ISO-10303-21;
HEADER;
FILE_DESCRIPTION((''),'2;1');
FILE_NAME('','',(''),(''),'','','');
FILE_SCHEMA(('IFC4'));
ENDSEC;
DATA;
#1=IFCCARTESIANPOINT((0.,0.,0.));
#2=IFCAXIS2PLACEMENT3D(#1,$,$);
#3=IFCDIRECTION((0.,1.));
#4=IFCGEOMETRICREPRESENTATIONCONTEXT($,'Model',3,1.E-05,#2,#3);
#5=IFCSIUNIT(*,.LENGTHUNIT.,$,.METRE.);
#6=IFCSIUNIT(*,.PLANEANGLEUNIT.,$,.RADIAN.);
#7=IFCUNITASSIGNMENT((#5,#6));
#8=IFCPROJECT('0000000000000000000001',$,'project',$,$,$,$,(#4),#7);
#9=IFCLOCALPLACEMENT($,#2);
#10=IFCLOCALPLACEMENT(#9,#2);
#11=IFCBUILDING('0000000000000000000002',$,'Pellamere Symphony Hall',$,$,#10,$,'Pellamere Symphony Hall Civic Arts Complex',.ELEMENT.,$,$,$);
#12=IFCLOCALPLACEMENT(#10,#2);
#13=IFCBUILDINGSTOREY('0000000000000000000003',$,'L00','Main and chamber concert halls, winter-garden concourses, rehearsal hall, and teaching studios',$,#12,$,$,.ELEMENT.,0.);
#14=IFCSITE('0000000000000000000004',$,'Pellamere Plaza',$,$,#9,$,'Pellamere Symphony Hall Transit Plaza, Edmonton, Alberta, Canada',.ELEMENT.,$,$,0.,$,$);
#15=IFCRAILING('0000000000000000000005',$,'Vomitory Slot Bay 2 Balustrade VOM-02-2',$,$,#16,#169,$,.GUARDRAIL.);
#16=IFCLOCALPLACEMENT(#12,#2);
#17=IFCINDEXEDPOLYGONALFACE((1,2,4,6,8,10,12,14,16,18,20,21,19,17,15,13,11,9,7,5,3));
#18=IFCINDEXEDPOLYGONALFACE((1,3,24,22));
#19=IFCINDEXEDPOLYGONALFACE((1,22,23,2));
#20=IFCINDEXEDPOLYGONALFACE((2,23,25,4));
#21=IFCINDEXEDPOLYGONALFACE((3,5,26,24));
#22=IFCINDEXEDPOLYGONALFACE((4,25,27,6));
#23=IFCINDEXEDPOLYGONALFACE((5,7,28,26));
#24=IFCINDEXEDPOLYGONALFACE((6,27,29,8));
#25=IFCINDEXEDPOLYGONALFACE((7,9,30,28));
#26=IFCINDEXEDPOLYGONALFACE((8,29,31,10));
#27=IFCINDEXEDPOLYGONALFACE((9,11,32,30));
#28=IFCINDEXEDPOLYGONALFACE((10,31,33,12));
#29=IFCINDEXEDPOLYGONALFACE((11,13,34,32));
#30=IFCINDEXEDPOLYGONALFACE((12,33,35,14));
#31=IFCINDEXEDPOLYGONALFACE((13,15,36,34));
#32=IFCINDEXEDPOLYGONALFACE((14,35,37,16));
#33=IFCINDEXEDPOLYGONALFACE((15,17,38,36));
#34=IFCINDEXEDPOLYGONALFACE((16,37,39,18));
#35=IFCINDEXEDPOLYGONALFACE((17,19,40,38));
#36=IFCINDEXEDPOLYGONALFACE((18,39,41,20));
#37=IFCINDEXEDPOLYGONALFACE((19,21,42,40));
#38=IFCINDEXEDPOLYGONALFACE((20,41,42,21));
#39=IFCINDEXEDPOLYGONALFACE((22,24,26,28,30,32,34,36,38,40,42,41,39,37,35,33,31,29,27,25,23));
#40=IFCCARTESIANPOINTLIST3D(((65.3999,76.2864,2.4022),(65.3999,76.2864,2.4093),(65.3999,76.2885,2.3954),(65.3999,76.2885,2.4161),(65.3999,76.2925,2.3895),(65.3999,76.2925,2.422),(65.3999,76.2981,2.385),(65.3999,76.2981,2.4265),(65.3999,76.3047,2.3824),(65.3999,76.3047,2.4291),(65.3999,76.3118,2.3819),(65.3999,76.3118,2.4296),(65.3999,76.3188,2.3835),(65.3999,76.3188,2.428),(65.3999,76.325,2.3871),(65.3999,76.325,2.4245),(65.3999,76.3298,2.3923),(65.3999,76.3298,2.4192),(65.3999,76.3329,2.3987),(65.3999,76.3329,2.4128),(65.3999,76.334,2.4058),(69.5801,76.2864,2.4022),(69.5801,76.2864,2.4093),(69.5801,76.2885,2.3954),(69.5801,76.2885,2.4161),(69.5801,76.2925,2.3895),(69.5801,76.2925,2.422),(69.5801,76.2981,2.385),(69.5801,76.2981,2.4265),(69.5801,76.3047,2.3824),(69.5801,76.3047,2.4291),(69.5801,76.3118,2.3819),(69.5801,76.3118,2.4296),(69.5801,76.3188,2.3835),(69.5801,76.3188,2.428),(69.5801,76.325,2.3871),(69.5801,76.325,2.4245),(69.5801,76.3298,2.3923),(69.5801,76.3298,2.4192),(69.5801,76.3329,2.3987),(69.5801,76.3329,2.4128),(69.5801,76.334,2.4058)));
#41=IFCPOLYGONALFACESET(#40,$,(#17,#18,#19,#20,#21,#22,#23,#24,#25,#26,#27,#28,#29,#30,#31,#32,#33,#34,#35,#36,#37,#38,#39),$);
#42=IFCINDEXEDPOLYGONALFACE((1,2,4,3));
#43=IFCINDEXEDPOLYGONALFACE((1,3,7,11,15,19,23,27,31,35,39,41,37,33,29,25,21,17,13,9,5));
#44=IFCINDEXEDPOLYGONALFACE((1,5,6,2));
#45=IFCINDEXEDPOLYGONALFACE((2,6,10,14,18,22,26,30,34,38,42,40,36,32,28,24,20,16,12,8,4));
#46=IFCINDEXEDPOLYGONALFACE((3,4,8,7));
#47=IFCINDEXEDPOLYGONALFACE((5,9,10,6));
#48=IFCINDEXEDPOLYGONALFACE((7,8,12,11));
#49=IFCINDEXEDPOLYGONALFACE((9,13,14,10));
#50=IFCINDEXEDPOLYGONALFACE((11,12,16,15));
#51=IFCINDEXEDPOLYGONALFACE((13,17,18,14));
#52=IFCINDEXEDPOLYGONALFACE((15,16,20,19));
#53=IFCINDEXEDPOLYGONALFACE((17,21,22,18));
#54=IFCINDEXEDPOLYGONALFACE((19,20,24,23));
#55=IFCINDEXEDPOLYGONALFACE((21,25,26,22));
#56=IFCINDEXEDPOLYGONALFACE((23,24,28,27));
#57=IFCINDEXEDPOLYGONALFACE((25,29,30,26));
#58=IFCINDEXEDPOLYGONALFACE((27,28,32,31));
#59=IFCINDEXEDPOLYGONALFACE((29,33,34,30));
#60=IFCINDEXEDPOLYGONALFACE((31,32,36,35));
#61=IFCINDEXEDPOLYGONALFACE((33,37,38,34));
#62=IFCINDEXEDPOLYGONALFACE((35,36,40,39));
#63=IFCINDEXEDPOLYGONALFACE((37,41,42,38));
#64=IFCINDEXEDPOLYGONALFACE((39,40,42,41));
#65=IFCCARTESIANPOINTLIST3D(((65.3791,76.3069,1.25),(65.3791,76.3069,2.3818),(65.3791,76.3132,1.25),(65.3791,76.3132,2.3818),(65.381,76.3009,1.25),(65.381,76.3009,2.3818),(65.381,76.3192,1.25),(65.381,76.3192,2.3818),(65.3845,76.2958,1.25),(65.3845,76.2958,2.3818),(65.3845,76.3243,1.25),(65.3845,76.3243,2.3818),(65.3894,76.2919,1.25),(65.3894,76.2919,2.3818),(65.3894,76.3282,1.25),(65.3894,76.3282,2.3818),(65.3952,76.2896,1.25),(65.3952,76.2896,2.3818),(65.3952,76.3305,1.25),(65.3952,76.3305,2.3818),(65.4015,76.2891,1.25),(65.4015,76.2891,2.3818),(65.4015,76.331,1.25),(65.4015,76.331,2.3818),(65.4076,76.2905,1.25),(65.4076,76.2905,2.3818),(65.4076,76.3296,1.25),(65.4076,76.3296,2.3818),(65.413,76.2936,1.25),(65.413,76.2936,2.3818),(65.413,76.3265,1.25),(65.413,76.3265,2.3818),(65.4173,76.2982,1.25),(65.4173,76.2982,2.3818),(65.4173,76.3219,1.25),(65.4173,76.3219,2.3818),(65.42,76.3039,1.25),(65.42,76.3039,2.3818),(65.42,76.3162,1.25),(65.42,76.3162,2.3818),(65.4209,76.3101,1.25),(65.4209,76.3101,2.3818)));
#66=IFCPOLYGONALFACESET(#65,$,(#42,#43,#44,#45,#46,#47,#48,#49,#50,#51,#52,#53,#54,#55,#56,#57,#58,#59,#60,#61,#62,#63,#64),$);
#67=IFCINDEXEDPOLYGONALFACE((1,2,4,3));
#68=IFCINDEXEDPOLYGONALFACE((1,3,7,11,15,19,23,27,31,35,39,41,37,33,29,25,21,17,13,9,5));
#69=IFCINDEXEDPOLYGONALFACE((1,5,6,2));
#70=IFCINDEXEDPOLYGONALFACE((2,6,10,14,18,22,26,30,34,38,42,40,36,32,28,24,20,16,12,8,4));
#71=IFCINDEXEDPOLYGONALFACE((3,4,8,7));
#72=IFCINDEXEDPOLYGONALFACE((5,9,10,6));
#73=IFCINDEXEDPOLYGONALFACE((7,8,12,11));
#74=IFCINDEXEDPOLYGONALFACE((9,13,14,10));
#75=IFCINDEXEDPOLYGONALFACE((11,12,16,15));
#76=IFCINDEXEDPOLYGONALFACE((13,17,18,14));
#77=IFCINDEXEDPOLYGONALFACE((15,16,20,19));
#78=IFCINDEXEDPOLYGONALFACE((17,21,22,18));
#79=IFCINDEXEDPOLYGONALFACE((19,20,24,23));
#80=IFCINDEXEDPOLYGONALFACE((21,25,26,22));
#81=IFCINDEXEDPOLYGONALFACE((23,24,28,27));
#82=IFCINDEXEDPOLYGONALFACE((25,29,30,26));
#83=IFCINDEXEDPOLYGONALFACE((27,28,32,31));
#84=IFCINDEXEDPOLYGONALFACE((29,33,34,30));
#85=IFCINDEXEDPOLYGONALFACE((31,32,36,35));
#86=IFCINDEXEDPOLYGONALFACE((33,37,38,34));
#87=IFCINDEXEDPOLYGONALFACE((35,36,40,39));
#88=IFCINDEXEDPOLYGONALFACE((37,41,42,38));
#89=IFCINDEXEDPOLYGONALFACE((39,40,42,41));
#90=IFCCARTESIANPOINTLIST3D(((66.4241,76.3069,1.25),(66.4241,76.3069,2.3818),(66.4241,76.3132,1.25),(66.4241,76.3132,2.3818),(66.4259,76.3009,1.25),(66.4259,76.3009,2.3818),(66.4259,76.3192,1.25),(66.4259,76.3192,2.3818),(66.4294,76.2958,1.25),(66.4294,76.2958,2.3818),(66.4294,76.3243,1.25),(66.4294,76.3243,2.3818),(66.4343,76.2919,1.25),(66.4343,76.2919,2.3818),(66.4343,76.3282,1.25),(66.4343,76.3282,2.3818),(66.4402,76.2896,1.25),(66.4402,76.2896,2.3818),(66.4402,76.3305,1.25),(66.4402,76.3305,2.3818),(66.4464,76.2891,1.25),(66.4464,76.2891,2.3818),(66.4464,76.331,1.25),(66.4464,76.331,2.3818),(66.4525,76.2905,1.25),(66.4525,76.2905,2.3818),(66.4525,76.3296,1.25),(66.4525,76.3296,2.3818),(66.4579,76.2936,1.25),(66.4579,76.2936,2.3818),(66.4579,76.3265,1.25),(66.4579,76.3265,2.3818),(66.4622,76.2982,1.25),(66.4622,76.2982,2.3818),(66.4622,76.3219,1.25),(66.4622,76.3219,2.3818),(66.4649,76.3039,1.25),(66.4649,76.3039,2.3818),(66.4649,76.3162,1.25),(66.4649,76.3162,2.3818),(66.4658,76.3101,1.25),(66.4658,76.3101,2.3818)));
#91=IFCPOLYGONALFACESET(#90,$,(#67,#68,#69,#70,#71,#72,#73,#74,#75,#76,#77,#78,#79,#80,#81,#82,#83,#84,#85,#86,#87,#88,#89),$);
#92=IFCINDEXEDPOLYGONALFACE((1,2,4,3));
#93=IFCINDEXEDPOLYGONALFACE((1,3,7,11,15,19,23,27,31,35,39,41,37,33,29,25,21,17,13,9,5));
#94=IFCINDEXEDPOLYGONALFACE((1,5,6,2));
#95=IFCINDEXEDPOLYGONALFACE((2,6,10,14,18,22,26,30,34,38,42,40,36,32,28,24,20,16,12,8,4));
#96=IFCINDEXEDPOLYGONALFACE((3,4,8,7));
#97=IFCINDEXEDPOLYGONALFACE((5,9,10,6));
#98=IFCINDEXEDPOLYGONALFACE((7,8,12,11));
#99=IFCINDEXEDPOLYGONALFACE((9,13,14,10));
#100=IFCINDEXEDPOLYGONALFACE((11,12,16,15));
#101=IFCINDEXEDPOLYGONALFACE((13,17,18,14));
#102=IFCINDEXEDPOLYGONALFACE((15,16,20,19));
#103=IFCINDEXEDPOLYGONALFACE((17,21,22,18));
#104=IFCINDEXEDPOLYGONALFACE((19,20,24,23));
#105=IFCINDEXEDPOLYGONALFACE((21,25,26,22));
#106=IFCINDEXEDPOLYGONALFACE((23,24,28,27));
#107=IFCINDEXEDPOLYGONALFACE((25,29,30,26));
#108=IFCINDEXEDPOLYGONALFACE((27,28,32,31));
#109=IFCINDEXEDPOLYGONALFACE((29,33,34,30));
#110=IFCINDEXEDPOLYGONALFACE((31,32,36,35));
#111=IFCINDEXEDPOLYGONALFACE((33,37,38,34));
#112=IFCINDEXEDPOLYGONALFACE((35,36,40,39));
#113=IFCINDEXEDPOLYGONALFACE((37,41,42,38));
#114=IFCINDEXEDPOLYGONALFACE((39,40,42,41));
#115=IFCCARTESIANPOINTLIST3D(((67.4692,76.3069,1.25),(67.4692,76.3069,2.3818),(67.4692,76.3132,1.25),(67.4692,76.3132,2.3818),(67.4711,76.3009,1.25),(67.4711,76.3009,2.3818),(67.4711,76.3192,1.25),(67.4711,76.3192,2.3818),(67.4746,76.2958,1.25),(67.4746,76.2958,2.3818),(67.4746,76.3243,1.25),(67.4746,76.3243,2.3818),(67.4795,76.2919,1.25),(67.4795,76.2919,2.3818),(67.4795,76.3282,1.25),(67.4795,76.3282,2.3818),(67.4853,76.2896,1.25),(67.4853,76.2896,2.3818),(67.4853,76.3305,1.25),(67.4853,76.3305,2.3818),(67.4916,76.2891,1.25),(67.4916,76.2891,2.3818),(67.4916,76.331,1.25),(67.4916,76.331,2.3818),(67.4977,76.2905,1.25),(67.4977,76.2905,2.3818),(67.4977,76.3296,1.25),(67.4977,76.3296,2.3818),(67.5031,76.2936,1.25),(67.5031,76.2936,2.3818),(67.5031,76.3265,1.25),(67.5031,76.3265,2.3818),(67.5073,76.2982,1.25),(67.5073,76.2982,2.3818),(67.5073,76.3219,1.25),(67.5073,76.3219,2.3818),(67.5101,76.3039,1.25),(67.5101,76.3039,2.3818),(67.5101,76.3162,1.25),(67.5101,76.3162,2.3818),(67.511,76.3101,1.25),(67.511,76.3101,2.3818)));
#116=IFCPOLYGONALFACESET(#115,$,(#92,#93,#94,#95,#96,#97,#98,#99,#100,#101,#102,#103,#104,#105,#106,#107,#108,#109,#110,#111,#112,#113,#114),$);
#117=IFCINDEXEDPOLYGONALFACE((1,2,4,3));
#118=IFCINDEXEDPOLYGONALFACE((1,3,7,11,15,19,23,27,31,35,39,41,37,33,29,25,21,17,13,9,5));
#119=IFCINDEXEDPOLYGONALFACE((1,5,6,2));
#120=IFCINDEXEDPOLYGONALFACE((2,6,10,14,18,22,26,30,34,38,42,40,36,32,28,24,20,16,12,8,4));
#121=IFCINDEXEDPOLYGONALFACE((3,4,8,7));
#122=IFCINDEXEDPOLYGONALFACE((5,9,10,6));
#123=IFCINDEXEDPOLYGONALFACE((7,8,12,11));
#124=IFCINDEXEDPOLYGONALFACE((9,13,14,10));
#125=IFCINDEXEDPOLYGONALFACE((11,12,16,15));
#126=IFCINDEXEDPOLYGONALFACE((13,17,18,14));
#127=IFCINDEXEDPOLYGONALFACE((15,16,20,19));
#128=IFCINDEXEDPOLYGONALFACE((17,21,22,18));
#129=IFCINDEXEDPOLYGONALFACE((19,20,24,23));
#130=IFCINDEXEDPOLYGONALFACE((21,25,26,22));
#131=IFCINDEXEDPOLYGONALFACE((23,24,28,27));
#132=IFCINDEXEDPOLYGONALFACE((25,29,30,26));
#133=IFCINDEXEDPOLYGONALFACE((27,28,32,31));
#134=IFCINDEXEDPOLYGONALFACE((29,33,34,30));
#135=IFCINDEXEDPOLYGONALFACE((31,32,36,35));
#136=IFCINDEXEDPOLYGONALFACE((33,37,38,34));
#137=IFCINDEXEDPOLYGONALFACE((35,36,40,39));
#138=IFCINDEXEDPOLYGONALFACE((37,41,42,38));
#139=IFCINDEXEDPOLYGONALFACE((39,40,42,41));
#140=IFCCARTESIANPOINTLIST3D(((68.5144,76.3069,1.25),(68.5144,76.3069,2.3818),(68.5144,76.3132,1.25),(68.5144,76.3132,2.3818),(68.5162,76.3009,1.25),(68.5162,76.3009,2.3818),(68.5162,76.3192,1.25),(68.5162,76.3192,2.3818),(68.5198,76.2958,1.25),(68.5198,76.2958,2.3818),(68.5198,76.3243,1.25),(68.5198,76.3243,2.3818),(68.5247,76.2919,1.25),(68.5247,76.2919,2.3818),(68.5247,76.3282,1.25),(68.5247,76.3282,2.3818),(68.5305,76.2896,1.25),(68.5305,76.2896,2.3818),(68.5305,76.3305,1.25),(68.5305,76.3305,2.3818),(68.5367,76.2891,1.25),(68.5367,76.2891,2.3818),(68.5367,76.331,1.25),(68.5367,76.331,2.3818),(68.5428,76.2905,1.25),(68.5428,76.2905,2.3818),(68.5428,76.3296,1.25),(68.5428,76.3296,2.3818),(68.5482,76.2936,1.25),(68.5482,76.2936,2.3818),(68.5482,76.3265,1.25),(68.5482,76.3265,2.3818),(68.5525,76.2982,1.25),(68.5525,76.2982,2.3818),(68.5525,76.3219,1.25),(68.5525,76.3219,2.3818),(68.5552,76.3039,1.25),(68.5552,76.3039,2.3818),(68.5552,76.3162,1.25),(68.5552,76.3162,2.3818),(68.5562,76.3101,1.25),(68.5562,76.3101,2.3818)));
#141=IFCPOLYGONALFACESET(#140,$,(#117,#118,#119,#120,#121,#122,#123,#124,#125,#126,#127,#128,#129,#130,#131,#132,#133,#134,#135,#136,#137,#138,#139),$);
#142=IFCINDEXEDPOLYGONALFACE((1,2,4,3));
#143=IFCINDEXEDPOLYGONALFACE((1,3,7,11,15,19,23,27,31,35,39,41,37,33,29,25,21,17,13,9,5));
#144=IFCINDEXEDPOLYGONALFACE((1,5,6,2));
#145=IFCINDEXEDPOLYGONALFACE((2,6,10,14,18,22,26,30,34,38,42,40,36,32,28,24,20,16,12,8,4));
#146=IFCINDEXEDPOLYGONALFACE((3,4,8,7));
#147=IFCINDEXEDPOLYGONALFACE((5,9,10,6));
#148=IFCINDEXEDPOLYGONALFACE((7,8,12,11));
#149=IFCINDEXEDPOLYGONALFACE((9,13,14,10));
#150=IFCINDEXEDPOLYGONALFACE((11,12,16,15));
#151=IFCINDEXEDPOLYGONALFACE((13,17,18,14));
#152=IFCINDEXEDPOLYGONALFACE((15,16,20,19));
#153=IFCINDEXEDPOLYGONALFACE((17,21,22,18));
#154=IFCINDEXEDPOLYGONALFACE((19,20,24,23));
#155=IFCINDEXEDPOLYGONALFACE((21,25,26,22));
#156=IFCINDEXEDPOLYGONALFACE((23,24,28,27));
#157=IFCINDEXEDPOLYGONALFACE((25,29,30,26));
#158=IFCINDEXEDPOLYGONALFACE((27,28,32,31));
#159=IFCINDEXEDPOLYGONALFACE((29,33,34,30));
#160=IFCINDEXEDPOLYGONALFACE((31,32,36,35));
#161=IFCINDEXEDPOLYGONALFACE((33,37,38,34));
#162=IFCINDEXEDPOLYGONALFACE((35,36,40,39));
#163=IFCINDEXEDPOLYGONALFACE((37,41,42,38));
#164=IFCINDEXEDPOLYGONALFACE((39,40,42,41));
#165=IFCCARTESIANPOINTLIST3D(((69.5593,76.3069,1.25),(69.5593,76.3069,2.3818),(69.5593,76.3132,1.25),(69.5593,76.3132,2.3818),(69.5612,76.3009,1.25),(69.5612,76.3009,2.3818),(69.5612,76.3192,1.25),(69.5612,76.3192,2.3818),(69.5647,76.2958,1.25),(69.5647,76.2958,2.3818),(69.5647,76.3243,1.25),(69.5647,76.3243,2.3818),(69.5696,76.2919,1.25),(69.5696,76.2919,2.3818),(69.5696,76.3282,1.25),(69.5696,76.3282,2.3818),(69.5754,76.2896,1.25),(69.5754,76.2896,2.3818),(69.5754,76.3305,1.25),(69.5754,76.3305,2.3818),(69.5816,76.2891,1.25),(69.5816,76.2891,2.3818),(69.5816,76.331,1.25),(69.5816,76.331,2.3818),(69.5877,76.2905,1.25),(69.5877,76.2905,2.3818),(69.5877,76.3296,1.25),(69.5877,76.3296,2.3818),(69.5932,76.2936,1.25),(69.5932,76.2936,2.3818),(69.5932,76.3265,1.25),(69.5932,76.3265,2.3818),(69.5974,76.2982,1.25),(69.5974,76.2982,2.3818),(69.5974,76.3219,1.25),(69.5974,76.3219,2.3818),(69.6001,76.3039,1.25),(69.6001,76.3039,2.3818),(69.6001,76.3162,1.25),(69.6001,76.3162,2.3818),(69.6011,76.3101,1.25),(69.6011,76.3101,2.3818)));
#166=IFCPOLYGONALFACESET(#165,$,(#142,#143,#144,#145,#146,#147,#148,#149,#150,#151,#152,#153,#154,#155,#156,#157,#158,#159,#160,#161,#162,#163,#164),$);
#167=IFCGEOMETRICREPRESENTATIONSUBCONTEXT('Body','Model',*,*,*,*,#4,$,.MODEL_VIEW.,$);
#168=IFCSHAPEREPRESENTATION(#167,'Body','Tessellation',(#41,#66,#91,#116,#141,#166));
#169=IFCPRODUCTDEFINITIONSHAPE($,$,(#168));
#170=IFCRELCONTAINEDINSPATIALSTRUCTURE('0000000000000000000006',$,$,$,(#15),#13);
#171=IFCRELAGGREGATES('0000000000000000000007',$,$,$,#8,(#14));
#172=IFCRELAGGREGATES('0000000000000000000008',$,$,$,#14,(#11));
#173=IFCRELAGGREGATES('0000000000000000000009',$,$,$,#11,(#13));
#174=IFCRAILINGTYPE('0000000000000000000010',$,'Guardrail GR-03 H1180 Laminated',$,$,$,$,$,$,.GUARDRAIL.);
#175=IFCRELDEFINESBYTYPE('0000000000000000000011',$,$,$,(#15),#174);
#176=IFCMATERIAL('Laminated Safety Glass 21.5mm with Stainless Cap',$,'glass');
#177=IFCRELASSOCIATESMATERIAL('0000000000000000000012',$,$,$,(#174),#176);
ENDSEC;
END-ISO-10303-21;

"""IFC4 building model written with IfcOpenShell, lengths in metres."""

from ifc_helpers import new_model, si_unit, direction, frame, origin, origin_2d, place, context, subcontext, project, spatial, circle, extrude, material, type_object, element, save


model = new_model("IFC4")

# Units and contexts
model_context = context("Model", 3, precision=1e-05, world=origin(), true_north=direction((0.0, 1.0)))
body_context = subcontext(model_context, "Body", "Model", "MODEL_VIEW")
ifc_project = project(units=[si_unit("LENGTHUNIT", "METRE"), si_unit("PLANEANGLEUNIT", "RADIAN")], contexts=[model_context])

# Site, building, storey
site_placement = place(None, origin())
site = spatial("IfcSite", under=ifc_project, at=site_placement, Name="Pellamere Plaza", LongName="Pellamere Symphony Hall Transit Plaza, Edmonton, Alberta, Canada", CompositionType="ELEMENT", RefElevation=0.0)
building_placement = place(site_placement, origin())
building = spatial("IfcBuilding", under=site, at=building_placement, Name="Pellamere Symphony Hall", LongName="Pellamere Symphony Hall Civic Arts Complex", CompositionType="ELEMENT")
storey_placement = place(building_placement, origin())
storey = spatial("IfcBuildingStorey", under=building, at=storey_placement, Name="L00", Description="Main and chamber concert halls, winter-garden concourses, rehearsal hall, and teaching studios", CompositionType="ELEMENT", Elevation=0.0)

# Railing
ifc_material_1 = material(Name="Laminated Safety Glass 21.5mm with Stainless Cap", Category="glass")
railing_type_1 = type_object("IfcRailingType", Name="Guardrail GR-03 H1180 Laminated", PredefinedType="GUARDRAIL", material=ifc_material_1)
railing_1_placement = place(storey_placement, frame((65.3999, 76.3101, 1.25)))
element("IfcRailing", 1, at=railing_1_placement, inside=storey, type_object=railing_type_1, Name="Vomitory Slot Bay 2 Balustrade VOM-02-2", PredefinedType="GUARDRAIL", context=body_context, shape_type="SweptSolid", body=[
    extrude(circle(Radius=0.0239, at=origin_2d()), frame((0.0, 0.0, 1.1558), z_axis=(1.0, 0.0, 0.0), x_axis=(0.0, 1.0, 0.0)), (0.0, 0.0, 1.0), 4.1802),
    extrude(circle(Radius=0.021, at=origin_2d()), origin(), (0.0, 0.0, 1.0), 1.1318),
    extrude(circle(Radius=0.021, at=origin_2d()), frame((1.0449, 0.0, 0.0)), (0.0, 0.0, 1.0), 1.1318),
    extrude(circle(Radius=0.021, at=origin_2d()), frame((2.0901, 0.0, 0.0)), (0.0, 0.0, 1.0), 1.1318),
    extrude(circle(Radius=0.021, at=origin_2d()), frame((3.1353, 0.0, 0.0)), (0.0, 0.0, 1.0), 1.1318),
    extrude(circle(Radius=0.021, at=origin_2d()), frame((4.1802, 0.0, 0.0)), (0.0, 0.0, 1.0), 1.1318),
])

save(model, "model.ifc")
